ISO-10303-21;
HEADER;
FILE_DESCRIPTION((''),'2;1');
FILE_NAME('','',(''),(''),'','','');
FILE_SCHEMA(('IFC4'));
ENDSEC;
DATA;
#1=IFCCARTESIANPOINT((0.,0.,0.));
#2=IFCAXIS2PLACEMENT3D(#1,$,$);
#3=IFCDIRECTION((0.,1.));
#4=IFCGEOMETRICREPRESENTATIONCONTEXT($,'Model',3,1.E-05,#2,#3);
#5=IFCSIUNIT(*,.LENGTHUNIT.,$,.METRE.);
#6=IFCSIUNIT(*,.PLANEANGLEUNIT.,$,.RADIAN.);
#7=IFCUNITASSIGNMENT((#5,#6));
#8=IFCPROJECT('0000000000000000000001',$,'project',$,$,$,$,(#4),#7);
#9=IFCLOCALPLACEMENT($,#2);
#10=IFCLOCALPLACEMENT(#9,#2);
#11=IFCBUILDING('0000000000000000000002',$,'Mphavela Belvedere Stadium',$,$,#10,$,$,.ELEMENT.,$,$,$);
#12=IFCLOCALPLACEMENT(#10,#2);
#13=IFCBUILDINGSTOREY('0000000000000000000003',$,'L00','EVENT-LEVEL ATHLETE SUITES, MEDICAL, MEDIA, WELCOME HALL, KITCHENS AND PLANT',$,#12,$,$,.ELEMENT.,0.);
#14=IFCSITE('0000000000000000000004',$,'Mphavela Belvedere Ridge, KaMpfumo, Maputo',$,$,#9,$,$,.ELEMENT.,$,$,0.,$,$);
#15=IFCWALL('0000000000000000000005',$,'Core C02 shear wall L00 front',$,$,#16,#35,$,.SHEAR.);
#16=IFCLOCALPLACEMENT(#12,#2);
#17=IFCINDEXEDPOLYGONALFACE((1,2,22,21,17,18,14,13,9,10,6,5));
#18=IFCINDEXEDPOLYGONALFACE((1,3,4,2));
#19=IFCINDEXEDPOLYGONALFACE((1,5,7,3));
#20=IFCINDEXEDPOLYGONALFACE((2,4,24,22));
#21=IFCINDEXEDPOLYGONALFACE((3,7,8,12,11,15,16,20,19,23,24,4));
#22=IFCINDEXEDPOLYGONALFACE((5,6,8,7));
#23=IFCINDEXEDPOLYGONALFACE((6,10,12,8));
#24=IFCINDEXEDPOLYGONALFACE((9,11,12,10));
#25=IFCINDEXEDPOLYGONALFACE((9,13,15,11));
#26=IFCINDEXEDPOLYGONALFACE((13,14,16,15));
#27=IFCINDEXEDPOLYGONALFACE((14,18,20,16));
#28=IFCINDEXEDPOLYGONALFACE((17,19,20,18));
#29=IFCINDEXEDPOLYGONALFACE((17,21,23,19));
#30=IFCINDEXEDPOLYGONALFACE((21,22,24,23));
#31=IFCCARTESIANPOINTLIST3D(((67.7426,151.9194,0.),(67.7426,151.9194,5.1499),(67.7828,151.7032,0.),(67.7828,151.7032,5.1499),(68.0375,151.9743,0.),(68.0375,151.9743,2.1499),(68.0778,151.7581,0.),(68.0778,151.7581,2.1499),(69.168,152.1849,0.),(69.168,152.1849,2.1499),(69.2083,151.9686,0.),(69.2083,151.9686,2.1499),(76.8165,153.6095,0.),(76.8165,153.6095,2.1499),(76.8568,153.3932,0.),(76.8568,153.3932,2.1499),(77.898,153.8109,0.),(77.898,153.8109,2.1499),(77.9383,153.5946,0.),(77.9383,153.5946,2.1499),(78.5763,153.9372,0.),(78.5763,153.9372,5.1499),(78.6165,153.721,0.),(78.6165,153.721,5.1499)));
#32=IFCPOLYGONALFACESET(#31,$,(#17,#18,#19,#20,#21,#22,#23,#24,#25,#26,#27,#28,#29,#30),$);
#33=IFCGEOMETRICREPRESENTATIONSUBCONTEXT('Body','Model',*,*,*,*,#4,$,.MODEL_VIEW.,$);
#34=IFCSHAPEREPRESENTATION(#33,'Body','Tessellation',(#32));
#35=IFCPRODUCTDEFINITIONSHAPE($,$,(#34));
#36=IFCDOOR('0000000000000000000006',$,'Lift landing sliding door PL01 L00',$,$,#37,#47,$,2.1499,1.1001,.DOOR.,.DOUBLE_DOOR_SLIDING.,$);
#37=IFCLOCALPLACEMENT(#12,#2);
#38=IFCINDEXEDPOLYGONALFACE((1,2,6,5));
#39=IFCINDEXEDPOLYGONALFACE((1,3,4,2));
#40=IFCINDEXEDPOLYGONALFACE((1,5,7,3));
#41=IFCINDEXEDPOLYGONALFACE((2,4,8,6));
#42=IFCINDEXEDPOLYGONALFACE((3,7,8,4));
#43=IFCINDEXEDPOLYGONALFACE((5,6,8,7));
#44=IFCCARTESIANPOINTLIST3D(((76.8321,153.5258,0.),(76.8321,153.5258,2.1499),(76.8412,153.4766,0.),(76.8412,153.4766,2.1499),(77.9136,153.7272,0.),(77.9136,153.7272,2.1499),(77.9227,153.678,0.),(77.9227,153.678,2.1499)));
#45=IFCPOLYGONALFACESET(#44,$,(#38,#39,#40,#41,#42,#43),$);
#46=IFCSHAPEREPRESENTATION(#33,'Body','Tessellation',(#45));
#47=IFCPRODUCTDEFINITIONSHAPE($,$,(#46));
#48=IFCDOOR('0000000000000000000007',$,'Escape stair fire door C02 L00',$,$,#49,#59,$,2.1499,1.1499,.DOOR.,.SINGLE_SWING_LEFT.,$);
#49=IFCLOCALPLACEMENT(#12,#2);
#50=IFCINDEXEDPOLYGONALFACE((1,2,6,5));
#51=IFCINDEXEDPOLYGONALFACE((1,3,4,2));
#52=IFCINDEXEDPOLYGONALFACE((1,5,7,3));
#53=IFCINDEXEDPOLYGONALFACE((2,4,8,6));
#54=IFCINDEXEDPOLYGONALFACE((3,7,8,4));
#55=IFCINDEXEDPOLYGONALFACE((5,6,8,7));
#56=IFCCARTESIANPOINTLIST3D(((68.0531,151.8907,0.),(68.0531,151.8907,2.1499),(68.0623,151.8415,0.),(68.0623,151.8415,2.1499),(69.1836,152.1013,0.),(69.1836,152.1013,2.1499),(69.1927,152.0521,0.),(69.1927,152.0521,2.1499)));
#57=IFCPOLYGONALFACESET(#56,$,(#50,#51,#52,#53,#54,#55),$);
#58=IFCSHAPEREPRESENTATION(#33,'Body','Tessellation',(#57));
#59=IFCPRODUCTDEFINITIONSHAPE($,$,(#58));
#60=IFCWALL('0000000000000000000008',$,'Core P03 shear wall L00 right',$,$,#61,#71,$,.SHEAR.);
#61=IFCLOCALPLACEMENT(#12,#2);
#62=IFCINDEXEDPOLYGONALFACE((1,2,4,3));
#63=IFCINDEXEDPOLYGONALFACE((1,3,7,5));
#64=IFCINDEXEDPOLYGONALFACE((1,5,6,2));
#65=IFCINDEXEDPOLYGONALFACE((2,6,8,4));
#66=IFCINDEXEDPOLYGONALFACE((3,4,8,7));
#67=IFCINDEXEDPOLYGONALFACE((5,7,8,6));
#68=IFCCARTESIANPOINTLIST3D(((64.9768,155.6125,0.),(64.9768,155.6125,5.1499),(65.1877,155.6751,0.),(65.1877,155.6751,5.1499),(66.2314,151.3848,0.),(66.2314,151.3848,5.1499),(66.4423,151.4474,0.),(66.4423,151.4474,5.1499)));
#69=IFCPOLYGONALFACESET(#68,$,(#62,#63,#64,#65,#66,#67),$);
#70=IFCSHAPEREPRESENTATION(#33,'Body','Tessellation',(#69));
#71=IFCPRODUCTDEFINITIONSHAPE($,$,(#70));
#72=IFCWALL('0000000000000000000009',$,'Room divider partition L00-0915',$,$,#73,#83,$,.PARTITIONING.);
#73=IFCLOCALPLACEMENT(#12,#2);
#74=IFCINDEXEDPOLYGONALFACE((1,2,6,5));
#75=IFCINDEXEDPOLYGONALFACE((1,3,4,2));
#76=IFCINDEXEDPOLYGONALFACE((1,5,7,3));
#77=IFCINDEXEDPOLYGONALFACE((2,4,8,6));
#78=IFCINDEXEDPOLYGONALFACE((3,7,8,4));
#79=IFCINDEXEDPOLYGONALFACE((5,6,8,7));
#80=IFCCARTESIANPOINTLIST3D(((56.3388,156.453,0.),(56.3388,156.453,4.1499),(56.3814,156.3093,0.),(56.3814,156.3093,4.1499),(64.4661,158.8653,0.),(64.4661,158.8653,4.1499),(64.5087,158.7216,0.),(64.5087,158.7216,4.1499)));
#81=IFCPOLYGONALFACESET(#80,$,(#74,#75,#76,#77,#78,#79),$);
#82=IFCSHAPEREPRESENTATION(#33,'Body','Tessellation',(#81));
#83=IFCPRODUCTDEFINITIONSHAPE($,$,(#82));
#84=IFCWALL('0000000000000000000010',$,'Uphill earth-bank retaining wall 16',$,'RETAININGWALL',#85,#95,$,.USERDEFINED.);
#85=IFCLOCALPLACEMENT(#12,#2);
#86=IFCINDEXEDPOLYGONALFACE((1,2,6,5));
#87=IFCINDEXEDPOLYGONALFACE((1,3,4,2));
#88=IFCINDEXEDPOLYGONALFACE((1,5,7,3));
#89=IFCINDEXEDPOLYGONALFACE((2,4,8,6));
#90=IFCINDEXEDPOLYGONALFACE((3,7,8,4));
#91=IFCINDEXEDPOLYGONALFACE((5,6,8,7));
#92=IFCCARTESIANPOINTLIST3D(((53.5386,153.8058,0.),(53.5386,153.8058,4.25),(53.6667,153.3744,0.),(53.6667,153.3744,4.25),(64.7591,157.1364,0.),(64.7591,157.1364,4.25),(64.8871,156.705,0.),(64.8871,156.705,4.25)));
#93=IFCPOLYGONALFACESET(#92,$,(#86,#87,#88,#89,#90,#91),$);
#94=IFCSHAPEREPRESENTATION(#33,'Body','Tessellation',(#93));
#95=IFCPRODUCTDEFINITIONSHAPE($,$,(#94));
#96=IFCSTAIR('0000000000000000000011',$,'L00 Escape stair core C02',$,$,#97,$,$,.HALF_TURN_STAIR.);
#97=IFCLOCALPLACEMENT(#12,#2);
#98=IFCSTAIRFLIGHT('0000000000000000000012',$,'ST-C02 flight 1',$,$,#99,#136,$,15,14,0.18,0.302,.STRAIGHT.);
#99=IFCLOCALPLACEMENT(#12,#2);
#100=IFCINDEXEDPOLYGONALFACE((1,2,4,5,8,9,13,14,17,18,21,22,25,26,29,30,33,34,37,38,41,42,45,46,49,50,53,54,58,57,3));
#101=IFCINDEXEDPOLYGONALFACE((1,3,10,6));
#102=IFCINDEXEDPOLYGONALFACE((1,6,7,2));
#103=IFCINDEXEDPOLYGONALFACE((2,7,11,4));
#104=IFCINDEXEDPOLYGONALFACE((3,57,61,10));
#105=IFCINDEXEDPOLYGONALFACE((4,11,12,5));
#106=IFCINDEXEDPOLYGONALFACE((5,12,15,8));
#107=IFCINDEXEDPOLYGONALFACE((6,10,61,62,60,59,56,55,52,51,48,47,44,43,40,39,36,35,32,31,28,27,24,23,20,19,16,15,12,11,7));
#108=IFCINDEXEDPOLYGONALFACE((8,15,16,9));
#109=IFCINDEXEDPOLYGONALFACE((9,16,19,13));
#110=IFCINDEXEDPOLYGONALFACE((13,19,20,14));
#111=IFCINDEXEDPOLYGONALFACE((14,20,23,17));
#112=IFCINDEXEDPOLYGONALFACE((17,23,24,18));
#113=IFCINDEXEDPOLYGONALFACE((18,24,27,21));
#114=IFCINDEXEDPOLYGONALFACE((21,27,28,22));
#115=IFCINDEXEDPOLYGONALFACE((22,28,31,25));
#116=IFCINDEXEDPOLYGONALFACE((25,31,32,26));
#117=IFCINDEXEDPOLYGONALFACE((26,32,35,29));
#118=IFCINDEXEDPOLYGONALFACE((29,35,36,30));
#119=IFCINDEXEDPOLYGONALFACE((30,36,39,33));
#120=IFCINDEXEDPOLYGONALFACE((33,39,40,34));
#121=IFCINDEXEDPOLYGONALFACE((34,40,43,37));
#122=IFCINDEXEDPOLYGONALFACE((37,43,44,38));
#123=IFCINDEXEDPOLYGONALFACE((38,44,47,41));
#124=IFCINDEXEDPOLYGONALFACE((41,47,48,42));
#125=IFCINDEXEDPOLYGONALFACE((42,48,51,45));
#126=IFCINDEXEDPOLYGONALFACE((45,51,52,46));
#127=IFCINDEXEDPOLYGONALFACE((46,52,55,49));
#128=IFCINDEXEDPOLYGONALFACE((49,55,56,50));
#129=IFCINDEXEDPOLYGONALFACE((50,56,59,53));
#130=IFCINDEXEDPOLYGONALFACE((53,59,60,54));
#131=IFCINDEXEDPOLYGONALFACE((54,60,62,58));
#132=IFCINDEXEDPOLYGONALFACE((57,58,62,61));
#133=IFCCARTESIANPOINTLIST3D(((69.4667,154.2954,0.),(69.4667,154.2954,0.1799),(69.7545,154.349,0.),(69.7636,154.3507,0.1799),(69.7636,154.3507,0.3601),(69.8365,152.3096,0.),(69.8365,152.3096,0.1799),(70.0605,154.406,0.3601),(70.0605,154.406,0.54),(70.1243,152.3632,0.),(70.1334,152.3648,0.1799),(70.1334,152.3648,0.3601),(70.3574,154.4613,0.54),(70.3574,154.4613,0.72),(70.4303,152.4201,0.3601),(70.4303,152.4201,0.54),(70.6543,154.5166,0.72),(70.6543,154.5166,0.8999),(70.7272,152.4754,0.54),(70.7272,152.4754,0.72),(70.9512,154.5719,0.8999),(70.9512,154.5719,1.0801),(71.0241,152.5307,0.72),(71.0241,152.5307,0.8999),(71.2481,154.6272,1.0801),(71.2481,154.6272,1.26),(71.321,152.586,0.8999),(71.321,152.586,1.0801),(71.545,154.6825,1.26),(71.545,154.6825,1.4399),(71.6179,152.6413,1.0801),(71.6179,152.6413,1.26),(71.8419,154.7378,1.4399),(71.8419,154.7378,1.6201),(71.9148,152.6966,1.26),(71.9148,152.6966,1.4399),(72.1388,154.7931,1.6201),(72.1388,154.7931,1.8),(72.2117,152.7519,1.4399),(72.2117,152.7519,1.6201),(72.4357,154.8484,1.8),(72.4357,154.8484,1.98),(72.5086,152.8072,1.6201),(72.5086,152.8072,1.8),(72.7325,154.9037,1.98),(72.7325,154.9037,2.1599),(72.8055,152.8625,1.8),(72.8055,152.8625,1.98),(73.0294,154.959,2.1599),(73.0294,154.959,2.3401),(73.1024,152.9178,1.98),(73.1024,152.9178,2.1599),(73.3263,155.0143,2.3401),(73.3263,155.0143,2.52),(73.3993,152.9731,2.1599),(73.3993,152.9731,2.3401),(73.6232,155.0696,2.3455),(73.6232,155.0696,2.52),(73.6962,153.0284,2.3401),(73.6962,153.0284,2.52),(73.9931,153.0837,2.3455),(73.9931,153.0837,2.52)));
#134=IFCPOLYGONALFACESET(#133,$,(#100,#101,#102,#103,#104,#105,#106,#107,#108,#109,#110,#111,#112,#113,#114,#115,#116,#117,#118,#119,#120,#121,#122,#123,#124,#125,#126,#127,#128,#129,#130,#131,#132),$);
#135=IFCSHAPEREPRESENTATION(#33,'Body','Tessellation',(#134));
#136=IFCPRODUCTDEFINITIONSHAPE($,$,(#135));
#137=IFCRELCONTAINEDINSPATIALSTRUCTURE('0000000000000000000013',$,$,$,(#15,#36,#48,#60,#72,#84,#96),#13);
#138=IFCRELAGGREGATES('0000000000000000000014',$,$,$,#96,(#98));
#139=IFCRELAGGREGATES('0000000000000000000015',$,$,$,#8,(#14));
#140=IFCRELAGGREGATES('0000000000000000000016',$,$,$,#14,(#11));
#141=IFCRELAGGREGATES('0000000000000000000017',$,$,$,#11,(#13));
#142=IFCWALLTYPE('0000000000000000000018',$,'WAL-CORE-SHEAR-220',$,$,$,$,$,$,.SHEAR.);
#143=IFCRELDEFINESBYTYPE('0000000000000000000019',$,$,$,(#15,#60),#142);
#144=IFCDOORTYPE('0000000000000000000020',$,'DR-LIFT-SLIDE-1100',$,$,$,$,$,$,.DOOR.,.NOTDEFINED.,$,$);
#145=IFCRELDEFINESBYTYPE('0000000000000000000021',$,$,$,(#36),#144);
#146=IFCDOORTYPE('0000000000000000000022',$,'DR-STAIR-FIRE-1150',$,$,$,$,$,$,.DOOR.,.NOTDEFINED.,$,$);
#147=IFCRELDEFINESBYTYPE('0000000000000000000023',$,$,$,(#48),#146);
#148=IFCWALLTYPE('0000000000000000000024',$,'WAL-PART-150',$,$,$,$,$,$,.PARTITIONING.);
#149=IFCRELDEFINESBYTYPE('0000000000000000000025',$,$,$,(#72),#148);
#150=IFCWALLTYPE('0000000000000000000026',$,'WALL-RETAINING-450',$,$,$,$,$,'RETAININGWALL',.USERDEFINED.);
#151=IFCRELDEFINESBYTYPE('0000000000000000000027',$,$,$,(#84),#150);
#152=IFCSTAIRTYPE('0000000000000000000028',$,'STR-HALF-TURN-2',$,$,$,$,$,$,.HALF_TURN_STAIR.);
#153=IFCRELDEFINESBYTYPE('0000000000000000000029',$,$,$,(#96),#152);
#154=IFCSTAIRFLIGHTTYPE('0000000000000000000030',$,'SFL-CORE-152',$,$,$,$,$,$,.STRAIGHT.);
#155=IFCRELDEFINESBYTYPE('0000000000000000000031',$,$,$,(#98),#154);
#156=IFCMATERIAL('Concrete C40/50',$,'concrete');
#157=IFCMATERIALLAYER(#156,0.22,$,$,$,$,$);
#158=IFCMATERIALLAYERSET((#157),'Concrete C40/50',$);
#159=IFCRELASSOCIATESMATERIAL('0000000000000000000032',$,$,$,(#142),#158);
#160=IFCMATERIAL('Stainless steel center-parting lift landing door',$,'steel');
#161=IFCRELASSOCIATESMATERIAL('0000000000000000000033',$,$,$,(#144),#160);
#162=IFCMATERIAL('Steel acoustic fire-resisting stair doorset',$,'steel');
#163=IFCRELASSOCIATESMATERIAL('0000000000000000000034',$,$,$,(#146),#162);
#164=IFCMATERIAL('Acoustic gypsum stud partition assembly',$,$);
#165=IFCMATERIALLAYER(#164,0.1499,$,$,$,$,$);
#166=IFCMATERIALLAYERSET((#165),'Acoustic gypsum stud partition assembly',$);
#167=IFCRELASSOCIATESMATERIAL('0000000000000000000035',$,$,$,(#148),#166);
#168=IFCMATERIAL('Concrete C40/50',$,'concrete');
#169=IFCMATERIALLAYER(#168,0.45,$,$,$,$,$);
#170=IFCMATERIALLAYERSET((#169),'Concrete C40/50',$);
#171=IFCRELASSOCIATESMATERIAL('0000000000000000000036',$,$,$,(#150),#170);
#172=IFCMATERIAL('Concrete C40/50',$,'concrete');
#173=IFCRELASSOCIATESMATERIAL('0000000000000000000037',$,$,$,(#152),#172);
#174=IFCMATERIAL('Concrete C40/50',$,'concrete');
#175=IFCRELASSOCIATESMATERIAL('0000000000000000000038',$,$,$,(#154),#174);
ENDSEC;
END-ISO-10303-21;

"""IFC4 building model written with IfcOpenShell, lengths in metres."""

from ifc_helpers import new_model, si_unit, direction, frame, frame_2d, origin, place, context, subcontext, project, spatial, polyline, rectangle, outline, extrude, material, layer, layer_set, type_object, element, fill, aggregate, save


model = new_model("IFC4")

# Units and contexts
model_context = context("Model", 3, precision=1e-05, world=origin(), true_north=direction((0.0, 1.0)))
body_context = subcontext(model_context, "Body", "Model", "MODEL_VIEW")
ifc_project = project(units=[si_unit("LENGTHUNIT", "METRE"), si_unit("PLANEANGLEUNIT", "RADIAN")], contexts=[model_context])

# Site, building, storey
site_placement = place(None, origin())
site = spatial("IfcSite", under=ifc_project, at=site_placement, Name="Mphavela Belvedere Ridge, KaMpfumo, Maputo", CompositionType="ELEMENT", RefElevation=0.0)
building_placement = place(site_placement, origin())
building = spatial("IfcBuilding", under=site, at=building_placement, Name="Mphavela Belvedere Stadium", CompositionType="ELEMENT")
storey_placement = place(building_placement, origin())
storey = spatial("IfcBuildingStorey", under=building, at=storey_placement, Name="L00", Description="EVENT-LEVEL ATHLETE SUITES, MEDICAL, MEDIA, WELCOME HALL, KITCHENS AND PLANT", CompositionType="ELEMENT", Elevation=0.0)

# Shared definitions
ifc_material_1 = material(Name="Concrete C40/50", Category="concrete")
ifc_layer_1 = layer(ifc_material_1, 0.22)
ifc_layer_set_1 = layer_set([ifc_layer_1], Name="Concrete C40/50")
wall_type_1 = type_object("IfcWallType", Name="WAL-CORE-SHEAR-220", PredefinedType="SHEAR", material=ifc_layer_set_1)

# Wall, openings, doors
wall_1_placement = place(storey_placement, frame((67.7627, 151.8113, 0.0), z_axis=(0.0, 0.0, 1.0), x_axis=(0.983093, 0.183105, 0.0)))
wall_1 = element("IfcWall", 1, at=wall_1_placement, inside=storey, type_object=wall_type_1, Name="Core C02 shear wall L00 front", PredefinedType="SHEAR", context=body_context, shape_type="SweptSolid", body=[
    extrude(rectangle(XDim=11.02, YDim=0.22, at=frame_2d((5.51, 0.0))), origin(), (0.0, 0.0, 1.0), 5.1499),
])
opening_1_placement = place(wall_1_placement, frame((0.3, 0.0, 0.0)))
opening_1 = element("IfcOpeningElement", 2, at=opening_1_placement, cuts=wall_1, PredefinedType="OPENING", context=body_context, shape_type="SweptSolid", body=[
    extrude(rectangle(XDim=1.1499, YDim=2.1499, at=frame_2d((0.575, 1.075))), frame((0.0, 0.1201, 0.0), z_axis=(0.0, -1.0, 0.0), x_axis=(1.0, 0.0, 0.0)), (0.0, 0.0, 1.0), 0.24),
])
opening_2_placement = place(wall_1_placement, frame((9.23, 0.0, 0.0)))
opening_2 = element("IfcOpeningElement", 3, at=opening_2_placement, cuts=wall_1, PredefinedType="OPENING", context=body_context, shape_type="SweptSolid", body=[
    extrude(rectangle(XDim=1.1001, YDim=2.1499, at=frame_2d((0.55, 1.075))), frame((0.0, 0.1201, 0.0), z_axis=(0.0, -1.0, 0.0), x_axis=(1.0, 0.0, 0.0)), (0.0, 0.0, 1.0), 0.24),
])
ifc_material_2 = material(Name="Stainless steel center-parting lift landing door", Category="steel")
door_type_1 = type_object("IfcDoorType", Name="DR-LIFT-SLIDE-1100", OperationType="NOTDEFINED", PredefinedType="DOOR", material=ifc_material_2)
door_1_placement = place(opening_2_placement, origin())
door_1 = element("IfcDoor", 4, at=door_1_placement, inside=storey, type_object=door_type_1, Name="Lift landing sliding door PL01 L00", OperationType="DOUBLE_DOOR_SLIDING", OverallHeight=2.1499, OverallWidth=1.1001, PredefinedType="DOOR", context=body_context, shape_type="SweptSolid", body=[
    extrude(rectangle(XDim=1.1001, YDim=2.1499, at=frame_2d((0.55, 1.075))), frame((0.0, 0.0249, 0.0), z_axis=(0.0, -1.0, 0.0), x_axis=(1.0, 0.0, 0.0)), (0.0, 0.0, 1.0), 0.05),
])
fill(opening_2, door_1)
ifc_material_3 = material(Name="Steel acoustic fire-resisting stair doorset", Category="steel")
door_type_2 = type_object("IfcDoorType", Name="DR-STAIR-FIRE-1150", OperationType="NOTDEFINED", PredefinedType="DOOR", material=ifc_material_3)
door_2_placement = place(opening_1_placement, origin())
door_2 = element("IfcDoor", 5, at=door_2_placement, inside=storey, type_object=door_type_2, Name="Escape stair fire door C02 L00", OperationType="SINGLE_SWING_LEFT", OverallHeight=2.1499, OverallWidth=1.1499, PredefinedType="DOOR", context=body_context, shape_type="SweptSolid", body=[
    extrude(rectangle(XDim=1.1499, YDim=2.1499, at=frame_2d((0.575, 1.075))), frame((0.0, 0.0249, 0.0), z_axis=(0.0, -1.0, 0.0), x_axis=(1.0, 0.0, 0.0)), (0.0, 0.0, 1.0), 0.05),
])
fill(opening_1, door_2)

# Walls
wall_2_placement = place(storey_placement, frame((66.3369, 151.416, 0.0), z_axis=(0.0, 0.0, 1.0), x_axis=(-0.284497, 0.958677, 0.0)))
element("IfcWall", 6, at=wall_2_placement, inside=storey, type_object=wall_type_1, Name="Core P03 shear wall L00 right", PredefinedType="SHEAR", context=body_context, shape_type="SweptSolid", body=[
    extrude(rectangle(XDim=4.4099, YDim=0.22, at=frame_2d((2.2051, 0.0))), origin(), (0.0, 0.0, 1.0), 5.1499),
])
ifc_material_4 = material(Name="Acoustic gypsum stud partition assembly")
ifc_layer_2 = layer(ifc_material_4, 0.1499)
ifc_layer_set_2 = layer_set([ifc_layer_2], Name="Acoustic gypsum stud partition assembly")
wall_type_2 = type_object("IfcWallType", Name="WAL-PART-150", PredefinedType="PARTITIONING", material=ifc_layer_set_2)
wall_3_placement = place(storey_placement, frame((64.4873, 158.7935, 0.0), z_axis=(0.0, 0.0, 1.0), x_axis=(-0.95866, -0.284554, 0.0)))
element("IfcWall", 7, at=wall_3_placement, inside=storey, type_object=wall_type_2, Name="Room divider partition L00-0915", PredefinedType="PARTITIONING", context=body_context, shape_type="SweptSolid", body=[
    extrude(rectangle(XDim=8.4778, YDim=0.1499, at=frame_2d((4.2388, 0.0))), origin(), (0.0, 0.0, 1.0), 4.1499),
])
ifc_material_5 = material(Name="Concrete C40/50", Category="concrete")
ifc_layer_3 = layer(ifc_material_5, 0.45)
ifc_layer_set_3 = layer_set([ifc_layer_3], Name="Concrete C40/50")
wall_type_3 = type_object("IfcWallType", Name="WALL-RETAINING-450", ElementType="RETAININGWALL", PredefinedType="USERDEFINED", material=ifc_layer_set_3)
wall_4_placement = place(storey_placement, frame((64.823, 156.9207, 0.0), z_axis=(0.0, 0.0, 1.0), x_axis=(-0.958659, -0.284558, 0.0)))
element("IfcWall", 8, at=wall_4_placement, inside=storey, type_object=wall_type_3, Name="Uphill earth-bank retaining wall 16", ObjectType="RETAININGWALL", PredefinedType="USERDEFINED", context=body_context, shape_type="SweptSolid", body=[
    extrude(rectangle(XDim=11.7043, YDim=0.45, at=frame_2d((5.8521, 0.0))), origin(), (0.0, 0.0, 1.0), 4.25),
])

# Stair, stair flight
ifc_material_6 = material(Name="Concrete C40/50", Category="concrete")
stair_type = type_object("IfcStairType", Name="STR-HALF-TURN-2", PredefinedType="HALF_TURN_STAIR", material=ifc_material_6)
stair_placement = place(storey_placement, origin())
stair = element("IfcStair", 9, at=stair_placement, inside=storey, type_object=stair_type, Name="L00 Escape stair core C02", PredefinedType="HALF_TURN_STAIR")
ifc_material_7 = material(Name="Concrete C40/50", Category="concrete")
stair_flight_type = type_object("IfcStairFlightType", Name="SFL-CORE-152", PredefinedType="STRAIGHT", material=ifc_material_7)
stair_flight_placement = place(storey_placement, frame((69.6516, 153.3025, 0.0), z_axis=(0.0, 0.0, 1.0), x_axis=(0.983096, 0.183094, 0.0)))
stair_flight = element("IfcStairFlight", 10, at=stair_flight_placement, type_object=stair_flight_type, Name="ST-C02 flight 1", NumberOfRisers=15, NumberOfTreads=14, PredefinedType="STRAIGHT", RiserHeight=0.18, TreadLength=0.302, context=body_context, shape_type="SweptSolid", body=[
    extrude(outline(polyline([(0.0, 0.0), (0.0, 0.1799), (0.302, 0.1799), (0.302, 0.3601), (0.604, 0.3601), (0.604, 0.54), (0.906, 0.54), (0.906, 0.72), (1.208, 0.72), (1.208, 0.8999), (1.51, 0.8999), (1.51, 1.0801), (1.812, 1.0801), (1.812, 1.26), (2.114, 1.26), (2.114, 1.4399), (2.416, 1.4399), (2.416, 1.6201), (2.718, 1.6201), (2.718, 1.8), (3.02, 1.8), (3.02, 1.98), (3.322, 1.98), (3.322, 2.1599), (3.624, 2.1599), (3.624, 2.3401), (3.926, 2.3401), (3.926, 2.52), (4.228, 2.52), (4.228, 2.7), (4.228, 2.3455), (0.2927, 0.0), (0.0, 0.0)])), frame((0.0, 1.01, 0.0), z_axis=(0.0, -1.0, 0.0), x_axis=(1.0, 0.0, 0.0)), (0.0, 0.0, 1.0), 2.02),
])
aggregate(stair, [stair_flight])

save(model, "model.ifc")
